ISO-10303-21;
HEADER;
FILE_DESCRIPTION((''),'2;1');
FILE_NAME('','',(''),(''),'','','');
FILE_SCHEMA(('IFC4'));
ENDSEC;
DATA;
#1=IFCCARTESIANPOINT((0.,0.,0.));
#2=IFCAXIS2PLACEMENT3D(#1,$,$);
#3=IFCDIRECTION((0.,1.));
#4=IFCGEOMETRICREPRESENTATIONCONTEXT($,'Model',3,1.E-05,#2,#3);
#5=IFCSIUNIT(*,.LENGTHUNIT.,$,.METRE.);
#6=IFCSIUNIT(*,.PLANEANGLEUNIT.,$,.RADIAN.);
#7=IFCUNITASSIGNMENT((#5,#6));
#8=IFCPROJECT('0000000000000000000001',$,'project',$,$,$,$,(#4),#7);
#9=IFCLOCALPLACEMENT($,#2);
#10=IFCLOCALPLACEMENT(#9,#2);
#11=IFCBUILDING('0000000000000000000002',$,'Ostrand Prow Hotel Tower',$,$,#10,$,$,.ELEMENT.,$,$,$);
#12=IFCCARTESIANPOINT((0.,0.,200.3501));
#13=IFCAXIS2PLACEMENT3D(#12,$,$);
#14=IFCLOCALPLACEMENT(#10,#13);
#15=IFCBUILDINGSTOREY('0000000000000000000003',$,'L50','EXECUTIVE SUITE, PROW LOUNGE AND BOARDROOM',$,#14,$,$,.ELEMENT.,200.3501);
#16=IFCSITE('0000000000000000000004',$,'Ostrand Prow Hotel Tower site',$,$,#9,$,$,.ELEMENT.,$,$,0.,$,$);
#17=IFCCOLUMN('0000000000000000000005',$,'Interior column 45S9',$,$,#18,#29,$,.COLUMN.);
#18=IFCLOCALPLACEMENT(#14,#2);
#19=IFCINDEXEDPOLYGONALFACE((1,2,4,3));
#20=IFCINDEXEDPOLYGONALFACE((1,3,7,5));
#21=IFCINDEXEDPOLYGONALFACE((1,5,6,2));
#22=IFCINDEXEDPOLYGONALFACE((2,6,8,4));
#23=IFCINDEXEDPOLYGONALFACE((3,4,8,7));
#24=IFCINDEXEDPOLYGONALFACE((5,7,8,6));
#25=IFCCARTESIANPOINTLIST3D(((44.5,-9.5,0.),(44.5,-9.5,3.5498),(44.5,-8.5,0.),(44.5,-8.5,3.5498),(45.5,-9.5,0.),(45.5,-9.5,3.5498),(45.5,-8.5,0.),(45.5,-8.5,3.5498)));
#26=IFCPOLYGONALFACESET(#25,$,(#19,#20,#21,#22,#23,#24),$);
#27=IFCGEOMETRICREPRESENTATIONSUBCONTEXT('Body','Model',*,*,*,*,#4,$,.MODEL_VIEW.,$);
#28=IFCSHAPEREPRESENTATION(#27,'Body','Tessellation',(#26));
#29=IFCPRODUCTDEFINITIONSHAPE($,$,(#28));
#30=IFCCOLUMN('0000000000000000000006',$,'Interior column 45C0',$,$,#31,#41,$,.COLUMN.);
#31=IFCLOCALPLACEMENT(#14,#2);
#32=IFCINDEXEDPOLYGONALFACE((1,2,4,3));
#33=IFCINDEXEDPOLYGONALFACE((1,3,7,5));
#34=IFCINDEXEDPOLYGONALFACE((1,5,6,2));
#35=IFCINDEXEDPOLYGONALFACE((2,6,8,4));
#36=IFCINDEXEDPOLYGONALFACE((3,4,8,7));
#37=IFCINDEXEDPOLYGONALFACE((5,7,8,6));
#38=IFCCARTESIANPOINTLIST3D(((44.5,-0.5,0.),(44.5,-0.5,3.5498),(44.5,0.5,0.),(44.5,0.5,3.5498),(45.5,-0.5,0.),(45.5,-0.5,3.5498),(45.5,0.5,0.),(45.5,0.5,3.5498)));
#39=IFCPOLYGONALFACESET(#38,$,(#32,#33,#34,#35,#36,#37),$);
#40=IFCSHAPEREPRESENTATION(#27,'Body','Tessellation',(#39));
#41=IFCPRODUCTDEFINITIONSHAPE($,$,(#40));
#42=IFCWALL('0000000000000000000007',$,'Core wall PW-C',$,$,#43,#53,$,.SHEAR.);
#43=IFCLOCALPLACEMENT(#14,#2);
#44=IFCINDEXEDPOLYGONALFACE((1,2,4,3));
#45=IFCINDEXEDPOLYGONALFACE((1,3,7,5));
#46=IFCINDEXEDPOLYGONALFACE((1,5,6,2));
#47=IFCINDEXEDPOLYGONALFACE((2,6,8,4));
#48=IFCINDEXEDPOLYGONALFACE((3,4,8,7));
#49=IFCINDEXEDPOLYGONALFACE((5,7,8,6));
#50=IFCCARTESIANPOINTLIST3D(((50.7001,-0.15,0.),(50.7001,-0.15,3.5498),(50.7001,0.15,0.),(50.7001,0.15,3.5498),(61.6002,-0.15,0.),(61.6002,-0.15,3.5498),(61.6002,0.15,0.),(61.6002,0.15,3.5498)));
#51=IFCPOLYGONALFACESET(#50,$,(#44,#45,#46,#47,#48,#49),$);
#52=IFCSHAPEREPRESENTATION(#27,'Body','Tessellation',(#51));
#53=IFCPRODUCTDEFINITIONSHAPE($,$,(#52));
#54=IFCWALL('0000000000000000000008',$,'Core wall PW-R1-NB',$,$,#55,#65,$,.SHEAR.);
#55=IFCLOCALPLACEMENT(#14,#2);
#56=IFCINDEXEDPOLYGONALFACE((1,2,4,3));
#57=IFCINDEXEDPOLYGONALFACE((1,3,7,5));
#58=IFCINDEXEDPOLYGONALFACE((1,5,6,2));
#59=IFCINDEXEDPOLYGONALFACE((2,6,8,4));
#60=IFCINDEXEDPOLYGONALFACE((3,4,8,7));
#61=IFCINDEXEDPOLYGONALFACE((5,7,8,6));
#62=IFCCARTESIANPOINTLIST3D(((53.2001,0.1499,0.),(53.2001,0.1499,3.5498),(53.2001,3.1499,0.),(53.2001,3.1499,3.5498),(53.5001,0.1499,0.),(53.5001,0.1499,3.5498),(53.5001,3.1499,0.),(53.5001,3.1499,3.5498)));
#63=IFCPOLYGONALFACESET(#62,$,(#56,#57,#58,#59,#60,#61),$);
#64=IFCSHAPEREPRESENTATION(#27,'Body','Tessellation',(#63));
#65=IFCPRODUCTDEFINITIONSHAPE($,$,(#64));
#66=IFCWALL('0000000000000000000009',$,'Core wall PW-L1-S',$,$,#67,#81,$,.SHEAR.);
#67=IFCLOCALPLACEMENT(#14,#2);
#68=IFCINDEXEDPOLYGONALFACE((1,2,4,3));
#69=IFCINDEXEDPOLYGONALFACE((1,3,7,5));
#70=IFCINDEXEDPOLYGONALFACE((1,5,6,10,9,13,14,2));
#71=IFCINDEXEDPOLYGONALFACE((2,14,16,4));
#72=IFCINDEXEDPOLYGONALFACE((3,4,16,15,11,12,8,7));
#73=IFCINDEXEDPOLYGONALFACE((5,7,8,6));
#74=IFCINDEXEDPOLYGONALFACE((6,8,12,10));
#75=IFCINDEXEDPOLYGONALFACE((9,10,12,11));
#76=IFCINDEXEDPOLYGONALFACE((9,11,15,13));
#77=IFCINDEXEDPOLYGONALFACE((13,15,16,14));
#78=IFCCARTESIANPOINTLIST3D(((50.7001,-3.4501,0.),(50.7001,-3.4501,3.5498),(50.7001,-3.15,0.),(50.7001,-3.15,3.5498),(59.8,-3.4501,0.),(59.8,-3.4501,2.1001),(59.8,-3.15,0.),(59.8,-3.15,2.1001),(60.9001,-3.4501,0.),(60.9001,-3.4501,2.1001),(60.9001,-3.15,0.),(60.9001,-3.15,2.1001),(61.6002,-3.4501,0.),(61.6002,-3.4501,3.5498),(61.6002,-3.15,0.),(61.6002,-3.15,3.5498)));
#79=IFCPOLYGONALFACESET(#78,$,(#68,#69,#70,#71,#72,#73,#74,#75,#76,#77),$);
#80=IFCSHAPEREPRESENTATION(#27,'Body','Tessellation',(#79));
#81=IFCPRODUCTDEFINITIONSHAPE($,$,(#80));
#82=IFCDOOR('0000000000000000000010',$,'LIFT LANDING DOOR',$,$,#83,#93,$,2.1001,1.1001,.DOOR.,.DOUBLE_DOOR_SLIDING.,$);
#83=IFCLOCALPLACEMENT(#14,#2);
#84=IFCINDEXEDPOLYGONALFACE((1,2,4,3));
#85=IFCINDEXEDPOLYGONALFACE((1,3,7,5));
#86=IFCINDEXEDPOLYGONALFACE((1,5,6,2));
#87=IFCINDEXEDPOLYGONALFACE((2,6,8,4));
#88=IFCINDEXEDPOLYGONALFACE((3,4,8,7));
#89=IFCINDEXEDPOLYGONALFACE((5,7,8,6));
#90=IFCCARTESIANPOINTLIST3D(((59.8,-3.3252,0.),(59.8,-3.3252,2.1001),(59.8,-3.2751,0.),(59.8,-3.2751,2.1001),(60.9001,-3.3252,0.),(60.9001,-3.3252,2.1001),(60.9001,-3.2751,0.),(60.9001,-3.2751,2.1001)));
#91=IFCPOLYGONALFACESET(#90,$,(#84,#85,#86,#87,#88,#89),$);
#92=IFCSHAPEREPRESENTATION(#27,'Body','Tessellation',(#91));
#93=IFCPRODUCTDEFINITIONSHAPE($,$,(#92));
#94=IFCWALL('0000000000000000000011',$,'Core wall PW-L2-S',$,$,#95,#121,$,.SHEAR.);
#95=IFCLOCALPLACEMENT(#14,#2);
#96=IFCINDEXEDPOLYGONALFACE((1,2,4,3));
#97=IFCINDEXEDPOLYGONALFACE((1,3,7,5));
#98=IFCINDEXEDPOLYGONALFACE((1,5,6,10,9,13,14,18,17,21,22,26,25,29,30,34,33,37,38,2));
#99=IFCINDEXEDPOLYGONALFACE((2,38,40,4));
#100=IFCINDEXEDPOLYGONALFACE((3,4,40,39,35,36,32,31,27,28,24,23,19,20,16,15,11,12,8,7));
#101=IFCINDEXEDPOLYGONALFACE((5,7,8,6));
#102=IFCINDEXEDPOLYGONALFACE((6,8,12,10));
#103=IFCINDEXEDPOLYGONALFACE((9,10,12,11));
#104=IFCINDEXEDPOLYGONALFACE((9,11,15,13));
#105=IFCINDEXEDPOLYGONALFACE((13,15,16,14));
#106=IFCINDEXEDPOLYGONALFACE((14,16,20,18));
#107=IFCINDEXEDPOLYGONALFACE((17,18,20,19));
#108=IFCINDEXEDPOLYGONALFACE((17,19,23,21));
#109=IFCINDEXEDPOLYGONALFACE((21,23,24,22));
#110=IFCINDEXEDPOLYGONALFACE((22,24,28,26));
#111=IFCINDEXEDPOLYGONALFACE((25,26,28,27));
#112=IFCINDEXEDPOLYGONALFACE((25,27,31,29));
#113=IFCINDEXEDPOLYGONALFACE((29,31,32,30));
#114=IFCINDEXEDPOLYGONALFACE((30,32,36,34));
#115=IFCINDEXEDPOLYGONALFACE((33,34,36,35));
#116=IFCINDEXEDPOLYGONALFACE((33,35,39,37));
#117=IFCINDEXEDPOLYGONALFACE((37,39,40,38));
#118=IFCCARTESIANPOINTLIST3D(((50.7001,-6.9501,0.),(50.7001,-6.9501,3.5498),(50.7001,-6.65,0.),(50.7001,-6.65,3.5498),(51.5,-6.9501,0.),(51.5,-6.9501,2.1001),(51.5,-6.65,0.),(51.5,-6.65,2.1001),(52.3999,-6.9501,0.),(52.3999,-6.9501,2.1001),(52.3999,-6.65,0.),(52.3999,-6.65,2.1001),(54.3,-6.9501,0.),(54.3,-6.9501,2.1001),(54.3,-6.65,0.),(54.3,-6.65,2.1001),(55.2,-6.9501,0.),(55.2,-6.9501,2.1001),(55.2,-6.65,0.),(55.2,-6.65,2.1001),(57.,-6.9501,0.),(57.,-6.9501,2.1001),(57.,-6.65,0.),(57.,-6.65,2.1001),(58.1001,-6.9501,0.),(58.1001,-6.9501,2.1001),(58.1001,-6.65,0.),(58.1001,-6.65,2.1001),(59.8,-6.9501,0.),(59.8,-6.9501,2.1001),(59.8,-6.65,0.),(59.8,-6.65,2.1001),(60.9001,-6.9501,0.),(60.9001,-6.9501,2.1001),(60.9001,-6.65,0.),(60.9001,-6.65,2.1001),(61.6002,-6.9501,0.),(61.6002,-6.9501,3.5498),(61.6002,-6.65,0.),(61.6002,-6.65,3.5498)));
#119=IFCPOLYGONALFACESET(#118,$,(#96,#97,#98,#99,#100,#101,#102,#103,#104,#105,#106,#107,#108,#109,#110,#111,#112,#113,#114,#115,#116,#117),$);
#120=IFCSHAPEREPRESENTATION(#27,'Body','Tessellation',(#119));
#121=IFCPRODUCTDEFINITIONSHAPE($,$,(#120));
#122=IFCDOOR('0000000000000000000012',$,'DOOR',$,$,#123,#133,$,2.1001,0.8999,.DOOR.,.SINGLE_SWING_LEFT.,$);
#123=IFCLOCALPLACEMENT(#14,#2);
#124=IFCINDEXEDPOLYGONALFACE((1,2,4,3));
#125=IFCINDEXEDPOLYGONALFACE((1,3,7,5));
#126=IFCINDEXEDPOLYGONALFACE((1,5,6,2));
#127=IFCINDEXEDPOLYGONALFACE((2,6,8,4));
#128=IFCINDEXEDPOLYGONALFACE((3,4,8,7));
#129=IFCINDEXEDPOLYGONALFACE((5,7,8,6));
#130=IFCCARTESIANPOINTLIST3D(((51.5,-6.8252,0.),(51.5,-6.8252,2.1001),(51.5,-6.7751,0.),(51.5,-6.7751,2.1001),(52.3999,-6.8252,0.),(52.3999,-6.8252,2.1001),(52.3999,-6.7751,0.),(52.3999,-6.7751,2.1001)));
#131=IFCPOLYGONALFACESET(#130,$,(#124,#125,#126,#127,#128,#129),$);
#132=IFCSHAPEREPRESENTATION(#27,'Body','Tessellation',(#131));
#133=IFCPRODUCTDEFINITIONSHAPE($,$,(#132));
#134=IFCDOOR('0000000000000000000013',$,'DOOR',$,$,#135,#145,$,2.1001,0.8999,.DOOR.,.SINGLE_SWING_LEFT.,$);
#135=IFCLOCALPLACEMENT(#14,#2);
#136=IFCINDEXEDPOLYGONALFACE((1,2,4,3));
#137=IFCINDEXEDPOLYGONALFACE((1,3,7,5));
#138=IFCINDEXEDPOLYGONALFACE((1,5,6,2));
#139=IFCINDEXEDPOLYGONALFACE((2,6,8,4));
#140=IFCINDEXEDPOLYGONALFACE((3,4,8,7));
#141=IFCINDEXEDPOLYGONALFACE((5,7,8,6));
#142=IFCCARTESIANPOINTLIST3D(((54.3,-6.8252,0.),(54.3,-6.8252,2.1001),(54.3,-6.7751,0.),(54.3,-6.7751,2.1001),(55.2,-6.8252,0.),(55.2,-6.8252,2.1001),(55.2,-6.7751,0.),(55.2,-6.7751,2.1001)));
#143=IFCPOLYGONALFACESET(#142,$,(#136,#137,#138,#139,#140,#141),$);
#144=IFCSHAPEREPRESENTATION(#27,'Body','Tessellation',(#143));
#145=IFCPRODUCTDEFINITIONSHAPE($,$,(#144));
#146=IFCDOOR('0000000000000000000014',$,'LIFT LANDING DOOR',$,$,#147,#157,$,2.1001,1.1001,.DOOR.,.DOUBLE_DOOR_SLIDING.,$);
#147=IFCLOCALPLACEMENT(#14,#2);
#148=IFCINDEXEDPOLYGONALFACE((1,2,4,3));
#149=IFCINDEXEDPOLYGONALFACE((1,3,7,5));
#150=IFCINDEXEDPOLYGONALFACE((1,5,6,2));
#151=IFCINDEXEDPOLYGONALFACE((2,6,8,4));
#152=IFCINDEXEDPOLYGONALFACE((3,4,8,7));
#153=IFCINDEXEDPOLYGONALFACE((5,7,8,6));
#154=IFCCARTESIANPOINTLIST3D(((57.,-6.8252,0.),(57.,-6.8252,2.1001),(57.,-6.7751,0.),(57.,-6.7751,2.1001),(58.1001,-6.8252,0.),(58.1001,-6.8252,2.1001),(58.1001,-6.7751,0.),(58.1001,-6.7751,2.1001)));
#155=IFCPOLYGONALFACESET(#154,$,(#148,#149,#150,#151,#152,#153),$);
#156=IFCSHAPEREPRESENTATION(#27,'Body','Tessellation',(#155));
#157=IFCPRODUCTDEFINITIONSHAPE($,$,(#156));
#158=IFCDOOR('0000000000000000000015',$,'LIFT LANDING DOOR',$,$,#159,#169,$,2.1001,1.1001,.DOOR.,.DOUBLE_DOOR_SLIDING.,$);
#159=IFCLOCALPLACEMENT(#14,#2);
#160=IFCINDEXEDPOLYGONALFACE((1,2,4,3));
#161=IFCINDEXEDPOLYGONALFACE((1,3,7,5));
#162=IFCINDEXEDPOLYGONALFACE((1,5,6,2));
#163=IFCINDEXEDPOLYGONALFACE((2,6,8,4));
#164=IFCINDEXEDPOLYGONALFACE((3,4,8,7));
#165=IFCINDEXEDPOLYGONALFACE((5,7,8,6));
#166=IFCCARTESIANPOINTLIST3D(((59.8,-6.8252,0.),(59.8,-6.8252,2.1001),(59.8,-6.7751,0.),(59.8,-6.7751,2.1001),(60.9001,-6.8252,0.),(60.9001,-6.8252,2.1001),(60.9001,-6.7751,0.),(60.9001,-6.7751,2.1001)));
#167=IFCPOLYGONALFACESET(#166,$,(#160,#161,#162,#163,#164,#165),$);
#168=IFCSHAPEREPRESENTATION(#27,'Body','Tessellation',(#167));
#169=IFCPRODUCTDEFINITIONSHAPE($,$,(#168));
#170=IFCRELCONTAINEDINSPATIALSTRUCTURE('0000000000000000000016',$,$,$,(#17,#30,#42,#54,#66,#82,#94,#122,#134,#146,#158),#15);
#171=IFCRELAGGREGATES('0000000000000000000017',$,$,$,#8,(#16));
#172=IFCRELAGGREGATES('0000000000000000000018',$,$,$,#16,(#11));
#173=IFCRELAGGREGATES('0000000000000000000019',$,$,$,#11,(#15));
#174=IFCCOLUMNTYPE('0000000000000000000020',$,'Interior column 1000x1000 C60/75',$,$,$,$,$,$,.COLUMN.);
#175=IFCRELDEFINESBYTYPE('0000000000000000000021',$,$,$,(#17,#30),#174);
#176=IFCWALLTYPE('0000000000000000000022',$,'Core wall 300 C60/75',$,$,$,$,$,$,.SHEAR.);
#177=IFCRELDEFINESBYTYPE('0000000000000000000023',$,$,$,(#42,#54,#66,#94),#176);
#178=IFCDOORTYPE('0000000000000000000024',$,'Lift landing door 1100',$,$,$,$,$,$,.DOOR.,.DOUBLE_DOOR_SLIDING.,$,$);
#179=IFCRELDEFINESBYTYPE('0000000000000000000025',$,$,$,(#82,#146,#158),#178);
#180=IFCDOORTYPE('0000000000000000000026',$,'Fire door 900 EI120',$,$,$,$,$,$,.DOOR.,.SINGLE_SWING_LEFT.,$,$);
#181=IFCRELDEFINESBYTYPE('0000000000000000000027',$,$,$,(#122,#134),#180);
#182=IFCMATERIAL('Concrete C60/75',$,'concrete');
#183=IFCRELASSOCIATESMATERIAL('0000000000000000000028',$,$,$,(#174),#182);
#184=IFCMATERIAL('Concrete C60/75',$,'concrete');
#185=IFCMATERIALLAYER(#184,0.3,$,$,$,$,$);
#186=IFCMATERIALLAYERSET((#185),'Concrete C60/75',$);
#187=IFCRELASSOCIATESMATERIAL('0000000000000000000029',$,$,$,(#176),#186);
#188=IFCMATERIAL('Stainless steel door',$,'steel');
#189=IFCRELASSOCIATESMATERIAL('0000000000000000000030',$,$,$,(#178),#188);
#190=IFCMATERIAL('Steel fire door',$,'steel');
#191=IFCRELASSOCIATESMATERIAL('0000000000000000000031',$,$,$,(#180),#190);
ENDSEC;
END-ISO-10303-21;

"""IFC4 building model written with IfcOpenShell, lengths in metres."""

from ifc_helpers import new_model, si_unit, direction, frame, frame_2d, origin, origin_2d, place, context, subcontext, project, spatial, rectangle, extrude, material, layer, layer_set, material_profile, profile_set, type_object, element, fill, save


model = new_model("IFC4")

# Units and contexts
model_context = context("Model", 3, precision=1e-05, world=origin(), true_north=direction((0.0, 1.0)))
body_context = subcontext(model_context, "Body", "Model", "MODEL_VIEW")
ifc_project = project(units=[si_unit("LENGTHUNIT", "METRE"), si_unit("PLANEANGLEUNIT", "RADIAN")], contexts=[model_context])

# Site, building, storey
site_placement = place(None, origin())
site = spatial("IfcSite", under=ifc_project, at=site_placement, Name="Ostrand Prow Hotel Tower site", CompositionType="ELEMENT", RefElevation=0.0)
building_placement = place(site_placement, origin())
building = spatial("IfcBuilding", under=site, at=building_placement, Name="Ostrand Prow Hotel Tower", CompositionType="ELEMENT")
storey_placement = place(building_placement, frame((0.0, 0.0, 200.3501)))
storey = spatial("IfcBuildingStorey", under=building, at=storey_placement, Name="L50", Description="EXECUTIVE SUITE, PROW LOUNGE AND BOARDROOM", CompositionType="ELEMENT", Elevation=200.3501)

# Columns
ifc_material_1 = material(Name="Concrete C60/75", Category="concrete")
ifc_material_profile = material_profile(ifc_material_1, rectangle(XDim=1.0, YDim=1.0, at=origin_2d()), Name="RC 1000x1000")
ifc_profile_set = profile_set([ifc_material_profile], Name="Concrete C60/75")
column_type = type_object("IfcColumnType", Name="Interior column 1000x1000 C60/75", PredefinedType="COLUMN", material=ifc_profile_set)
for number, where, z_axis, x_axis, name in (
    (1, (45.0, -9.0, 0.0), (0.0, 0.0, 1.0), (1.0, 0.0, 0.0), "Interior column 45S9"),
    (2, (45.0, 0.0, 0.0), (0.0, 0.0, 1.0), (1.0, 0.0, 0.0), "Interior column 45C0"),
):
    element("IfcColumn", number, at=place(storey_placement, frame(where, z_axis=z_axis, x_axis=x_axis)), inside=storey, type_object=column_type, Name=name, PredefinedType="COLUMN", context=body_context, shape_type="SweptSolid", body=[
        extrude(rectangle(XDim=1.0, YDim=1.0, at=origin_2d()), origin(), (0.0, 0.0, 1.0), 3.5498),
    ])

# Walls
ifc_material_2 = material(Name="Concrete C60/75", Category="concrete")
ifc_layer_1 = layer(ifc_material_2, 0.3)
ifc_layer_set_1 = layer_set([ifc_layer_1], Name="Concrete C60/75")
wall_type_1 = type_object("IfcWallType", Name="Core wall 300 C60/75", PredefinedType="SHEAR", material=ifc_layer_set_1)
wall_1_placement = place(storey_placement, frame((50.7, 0.0, 0.0), z_axis=(0.0, 0.0, 1.0), x_axis=(1.0, 0.0, 0.0)))
element("IfcWall", 3, at=wall_1_placement, inside=storey, type_object=wall_type_1, Name="Core wall PW-C", PredefinedType="SHEAR", context=body_context, shape_type="SweptSolid", body=[
    extrude(rectangle(XDim=10.9001, YDim=0.3, at=frame_2d((5.4502, 0.0))), origin(), (0.0, 0.0, 1.0), 3.5498),
])
wall_2_placement = place(storey_placement, frame((53.3501, 0.1499, 0.0), z_axis=(0.0, 0.0, 1.0), x_axis=(0.0, 1.0, 0.0)))
element("IfcWall", 4, at=wall_2_placement, inside=storey, type_object=wall_type_1, Name="Core wall PW-R1-NB", PredefinedType="SHEAR", context=body_context, shape_type="SweptSolid", body=[
    extrude(rectangle(XDim=3.0, YDim=0.3, at=frame_2d((1.5, 0.0))), origin(), (0.0, 0.0, 1.0), 3.5498),
])

# Wall, opening, door
wall_3_placement = place(storey_placement, frame((50.7, -3.3, 0.0), z_axis=(0.0, 0.0, 1.0), x_axis=(1.0, 0.0, 0.0)))
wall_3 = element("IfcWall", 5, at=wall_3_placement, inside=storey, type_object=wall_type_1, Name="Core wall PW-L1-S", PredefinedType="SHEAR", context=body_context, shape_type="SweptSolid", body=[
    extrude(rectangle(XDim=10.9001, YDim=0.3, at=frame_2d((5.4502, 0.0))), origin(), (0.0, 0.0, 1.0), 3.5498),
])
opening_1_placement = place(wall_3_placement, frame((9.1001, 0.0, 0.0)))
opening_1 = element("IfcOpeningElement", 6, at=opening_1_placement, cuts=wall_3, PredefinedType="OPENING", context=body_context, shape_type="SweptSolid", body=[
    extrude(rectangle(XDim=1.1001, YDim=2.1001, at=frame_2d((0.55, 1.05))), frame((0.0, 0.1599, 0.0), z_axis=(0.0, -1.0, 0.0), x_axis=(1.0, 0.0, 0.0)), (0.0, 0.0, 1.0), 0.3201),
])
ifc_material_3 = material(Name="Stainless steel door", Category="steel")
door_type_1 = type_object("IfcDoorType", Name="Lift landing door 1100", OperationType="DOUBLE_DOOR_SLIDING", PredefinedType="DOOR", material=ifc_material_3)
door_1_placement = place(opening_1_placement, origin())
door_1 = element("IfcDoor", 7, at=door_1_placement, inside=storey, type_object=door_type_1, Name="LIFT LANDING DOOR", OperationType="DOUBLE_DOOR_SLIDING", OverallHeight=2.1001, OverallWidth=1.1001, PredefinedType="DOOR", context=body_context, shape_type="SweptSolid", body=[
    extrude(rectangle(XDim=1.1001, YDim=2.1001, at=frame_2d((0.55, 1.05))), frame((0.0, 0.0249, 0.0), z_axis=(0.0, -1.0, 0.0), x_axis=(1.0, 0.0, 0.0)), (0.0, 0.0, 1.0), 0.05),
])
fill(opening_1, door_1)

# Wall, openings, doors
wall_4_placement = place(storey_placement, frame((50.7, -6.8, 0.0), z_axis=(0.0, 0.0, 1.0), x_axis=(1.0, 0.0, 0.0)))
wall_4 = element("IfcWall", 8, at=wall_4_placement, inside=storey, type_object=wall_type_1, Name="Core wall PW-L2-S", PredefinedType="SHEAR", context=body_context, shape_type="SweptSolid", body=[
    extrude(rectangle(XDim=10.9001, YDim=0.3, at=frame_2d((5.4502, 0.0))), origin(), (0.0, 0.0, 1.0), 3.5498),
])
opening_2_placement = place(wall_4_placement, frame((6.3, 0.0, 0.0)))
opening_2 = element("IfcOpeningElement", 9, at=opening_2_placement, cuts=wall_4, PredefinedType="OPENING", context=body_context, shape_type="SweptSolid", body=[
    extrude(rectangle(XDim=1.1001, YDim=2.1001, at=frame_2d((0.55, 1.05))), frame((0.0, 0.1599, 0.0), z_axis=(0.0, -1.0, 0.0), x_axis=(1.0, 0.0, 0.0)), (0.0, 0.0, 1.0), 0.3201),
])
opening_3_placement = place(wall_4_placement, frame((9.1001, 0.0, 0.0)))
opening_3 = element("IfcOpeningElement", 10, at=opening_3_placement, cuts=wall_4, PredefinedType="OPENING", context=body_context, shape_type="SweptSolid", body=[
    extrude(rectangle(XDim=1.1001, YDim=2.1001, at=frame_2d((0.55, 1.05))), frame((0.0, 0.1599, 0.0), z_axis=(0.0, -1.0, 0.0), x_axis=(1.0, 0.0, 0.0)), (0.0, 0.0, 1.0), 0.3201),
])
opening_4_placement = place(wall_4_placement, frame((0.8, 0.0, 0.0)))
opening_4 = element("IfcOpeningElement", 11, at=opening_4_placement, cuts=wall_4, PredefinedType="OPENING", context=body_context, shape_type="SweptSolid", body=[
    extrude(rectangle(XDim=0.8999, YDim=2.1001, at=frame_2d((0.45, 1.05))), frame((0.0, 0.1599, 0.0), z_axis=(0.0, -1.0, 0.0), x_axis=(1.0, 0.0, 0.0)), (0.0, 0.0, 1.0), 0.3201),
])
opening_5_placement = place(wall_4_placement, frame((3.6001, 0.0, 0.0)))
opening_5 = element("IfcOpeningElement", 12, at=opening_5_placement, cuts=wall_4, PredefinedType="OPENING", context=body_context, shape_type="SweptSolid", body=[
    extrude(rectangle(XDim=0.8999, YDim=2.1001, at=frame_2d((0.45, 1.05))), frame((0.0, 0.1599, 0.0), z_axis=(0.0, -1.0, 0.0), x_axis=(1.0, 0.0, 0.0)), (0.0, 0.0, 1.0), 0.3201),
])
ifc_material_4 = material(Name="Steel fire door", Category="steel")
door_type_2 = type_object("IfcDoorType", Name="Fire door 900 EI120", OperationType="SINGLE_SWING_LEFT", PredefinedType="DOOR", material=ifc_material_4)
door_2_placement = place(opening_4_placement, origin())
door_2 = element("IfcDoor", 13, at=door_2_placement, inside=storey, type_object=door_type_2, Name="DOOR", OperationType="SINGLE_SWING_LEFT", OverallHeight=2.1001, OverallWidth=0.8999, PredefinedType="DOOR", context=body_context, shape_type="SweptSolid", body=[
    extrude(rectangle(XDim=0.8999, YDim=2.1001, at=frame_2d((0.45, 1.05))), frame((0.0, 0.0249, 0.0), z_axis=(0.0, -1.0, 0.0), x_axis=(1.0, 0.0, 0.0)), (0.0, 0.0, 1.0), 0.05),
])
fill(opening_4, door_2)
door_3_placement = place(opening_5_placement, origin())
door_3 = element("IfcDoor", 14, at=door_3_placement, inside=storey, type_object=door_type_2, Name="DOOR", OperationType="SINGLE_SWING_LEFT", OverallHeight=2.1001, OverallWidth=0.8999, PredefinedType="DOOR", context=body_context, shape_type="SweptSolid", body=[
    extrude(rectangle(XDim=0.8999, YDim=2.1001, at=frame_2d((0.45, 1.05))), frame((0.0, 0.0249, 0.0), z_axis=(0.0, -1.0, 0.0), x_axis=(1.0, 0.0, 0.0)), (0.0, 0.0, 1.0), 0.05),
])
fill(opening_5, door_3)
door_4_placement = place(opening_2_placement, origin())
door_4 = element("IfcDoor", 15, at=door_4_placement, inside=storey, type_object=door_type_1, Name="LIFT LANDING DOOR", OperationType="DOUBLE_DOOR_SLIDING", OverallHeight=2.1001, OverallWidth=1.1001, PredefinedType="DOOR", context=body_context, shape_type="SweptSolid", body=[
    extrude(rectangle(XDim=1.1001, YDim=2.1001, at=frame_2d((0.55, 1.05))), frame((0.0, 0.0249, 0.0), z_axis=(0.0, -1.0, 0.0), x_axis=(1.0, 0.0, 0.0)), (0.0, 0.0, 1.0), 0.05),
])
fill(opening_2, door_4)
door_5_placement = place(opening_3_placement, origin())
door_5 = element("IfcDoor", 16, at=door_5_placement, inside=storey, type_object=door_type_1, Name="LIFT LANDING DOOR", OperationType="DOUBLE_DOOR_SLIDING", OverallHeight=2.1001, OverallWidth=1.1001, PredefinedType="DOOR", context=body_context, shape_type="SweptSolid", body=[
    extrude(rectangle(XDim=1.1001, YDim=2.1001, at=frame_2d((0.55, 1.05))), frame((0.0, 0.0249, 0.0), z_axis=(0.0, -1.0, 0.0), x_axis=(1.0, 0.0, 0.0)), (0.0, 0.0, 1.0), 0.05),
])
fill(opening_3, door_5)

save(model, "model.ifc")
